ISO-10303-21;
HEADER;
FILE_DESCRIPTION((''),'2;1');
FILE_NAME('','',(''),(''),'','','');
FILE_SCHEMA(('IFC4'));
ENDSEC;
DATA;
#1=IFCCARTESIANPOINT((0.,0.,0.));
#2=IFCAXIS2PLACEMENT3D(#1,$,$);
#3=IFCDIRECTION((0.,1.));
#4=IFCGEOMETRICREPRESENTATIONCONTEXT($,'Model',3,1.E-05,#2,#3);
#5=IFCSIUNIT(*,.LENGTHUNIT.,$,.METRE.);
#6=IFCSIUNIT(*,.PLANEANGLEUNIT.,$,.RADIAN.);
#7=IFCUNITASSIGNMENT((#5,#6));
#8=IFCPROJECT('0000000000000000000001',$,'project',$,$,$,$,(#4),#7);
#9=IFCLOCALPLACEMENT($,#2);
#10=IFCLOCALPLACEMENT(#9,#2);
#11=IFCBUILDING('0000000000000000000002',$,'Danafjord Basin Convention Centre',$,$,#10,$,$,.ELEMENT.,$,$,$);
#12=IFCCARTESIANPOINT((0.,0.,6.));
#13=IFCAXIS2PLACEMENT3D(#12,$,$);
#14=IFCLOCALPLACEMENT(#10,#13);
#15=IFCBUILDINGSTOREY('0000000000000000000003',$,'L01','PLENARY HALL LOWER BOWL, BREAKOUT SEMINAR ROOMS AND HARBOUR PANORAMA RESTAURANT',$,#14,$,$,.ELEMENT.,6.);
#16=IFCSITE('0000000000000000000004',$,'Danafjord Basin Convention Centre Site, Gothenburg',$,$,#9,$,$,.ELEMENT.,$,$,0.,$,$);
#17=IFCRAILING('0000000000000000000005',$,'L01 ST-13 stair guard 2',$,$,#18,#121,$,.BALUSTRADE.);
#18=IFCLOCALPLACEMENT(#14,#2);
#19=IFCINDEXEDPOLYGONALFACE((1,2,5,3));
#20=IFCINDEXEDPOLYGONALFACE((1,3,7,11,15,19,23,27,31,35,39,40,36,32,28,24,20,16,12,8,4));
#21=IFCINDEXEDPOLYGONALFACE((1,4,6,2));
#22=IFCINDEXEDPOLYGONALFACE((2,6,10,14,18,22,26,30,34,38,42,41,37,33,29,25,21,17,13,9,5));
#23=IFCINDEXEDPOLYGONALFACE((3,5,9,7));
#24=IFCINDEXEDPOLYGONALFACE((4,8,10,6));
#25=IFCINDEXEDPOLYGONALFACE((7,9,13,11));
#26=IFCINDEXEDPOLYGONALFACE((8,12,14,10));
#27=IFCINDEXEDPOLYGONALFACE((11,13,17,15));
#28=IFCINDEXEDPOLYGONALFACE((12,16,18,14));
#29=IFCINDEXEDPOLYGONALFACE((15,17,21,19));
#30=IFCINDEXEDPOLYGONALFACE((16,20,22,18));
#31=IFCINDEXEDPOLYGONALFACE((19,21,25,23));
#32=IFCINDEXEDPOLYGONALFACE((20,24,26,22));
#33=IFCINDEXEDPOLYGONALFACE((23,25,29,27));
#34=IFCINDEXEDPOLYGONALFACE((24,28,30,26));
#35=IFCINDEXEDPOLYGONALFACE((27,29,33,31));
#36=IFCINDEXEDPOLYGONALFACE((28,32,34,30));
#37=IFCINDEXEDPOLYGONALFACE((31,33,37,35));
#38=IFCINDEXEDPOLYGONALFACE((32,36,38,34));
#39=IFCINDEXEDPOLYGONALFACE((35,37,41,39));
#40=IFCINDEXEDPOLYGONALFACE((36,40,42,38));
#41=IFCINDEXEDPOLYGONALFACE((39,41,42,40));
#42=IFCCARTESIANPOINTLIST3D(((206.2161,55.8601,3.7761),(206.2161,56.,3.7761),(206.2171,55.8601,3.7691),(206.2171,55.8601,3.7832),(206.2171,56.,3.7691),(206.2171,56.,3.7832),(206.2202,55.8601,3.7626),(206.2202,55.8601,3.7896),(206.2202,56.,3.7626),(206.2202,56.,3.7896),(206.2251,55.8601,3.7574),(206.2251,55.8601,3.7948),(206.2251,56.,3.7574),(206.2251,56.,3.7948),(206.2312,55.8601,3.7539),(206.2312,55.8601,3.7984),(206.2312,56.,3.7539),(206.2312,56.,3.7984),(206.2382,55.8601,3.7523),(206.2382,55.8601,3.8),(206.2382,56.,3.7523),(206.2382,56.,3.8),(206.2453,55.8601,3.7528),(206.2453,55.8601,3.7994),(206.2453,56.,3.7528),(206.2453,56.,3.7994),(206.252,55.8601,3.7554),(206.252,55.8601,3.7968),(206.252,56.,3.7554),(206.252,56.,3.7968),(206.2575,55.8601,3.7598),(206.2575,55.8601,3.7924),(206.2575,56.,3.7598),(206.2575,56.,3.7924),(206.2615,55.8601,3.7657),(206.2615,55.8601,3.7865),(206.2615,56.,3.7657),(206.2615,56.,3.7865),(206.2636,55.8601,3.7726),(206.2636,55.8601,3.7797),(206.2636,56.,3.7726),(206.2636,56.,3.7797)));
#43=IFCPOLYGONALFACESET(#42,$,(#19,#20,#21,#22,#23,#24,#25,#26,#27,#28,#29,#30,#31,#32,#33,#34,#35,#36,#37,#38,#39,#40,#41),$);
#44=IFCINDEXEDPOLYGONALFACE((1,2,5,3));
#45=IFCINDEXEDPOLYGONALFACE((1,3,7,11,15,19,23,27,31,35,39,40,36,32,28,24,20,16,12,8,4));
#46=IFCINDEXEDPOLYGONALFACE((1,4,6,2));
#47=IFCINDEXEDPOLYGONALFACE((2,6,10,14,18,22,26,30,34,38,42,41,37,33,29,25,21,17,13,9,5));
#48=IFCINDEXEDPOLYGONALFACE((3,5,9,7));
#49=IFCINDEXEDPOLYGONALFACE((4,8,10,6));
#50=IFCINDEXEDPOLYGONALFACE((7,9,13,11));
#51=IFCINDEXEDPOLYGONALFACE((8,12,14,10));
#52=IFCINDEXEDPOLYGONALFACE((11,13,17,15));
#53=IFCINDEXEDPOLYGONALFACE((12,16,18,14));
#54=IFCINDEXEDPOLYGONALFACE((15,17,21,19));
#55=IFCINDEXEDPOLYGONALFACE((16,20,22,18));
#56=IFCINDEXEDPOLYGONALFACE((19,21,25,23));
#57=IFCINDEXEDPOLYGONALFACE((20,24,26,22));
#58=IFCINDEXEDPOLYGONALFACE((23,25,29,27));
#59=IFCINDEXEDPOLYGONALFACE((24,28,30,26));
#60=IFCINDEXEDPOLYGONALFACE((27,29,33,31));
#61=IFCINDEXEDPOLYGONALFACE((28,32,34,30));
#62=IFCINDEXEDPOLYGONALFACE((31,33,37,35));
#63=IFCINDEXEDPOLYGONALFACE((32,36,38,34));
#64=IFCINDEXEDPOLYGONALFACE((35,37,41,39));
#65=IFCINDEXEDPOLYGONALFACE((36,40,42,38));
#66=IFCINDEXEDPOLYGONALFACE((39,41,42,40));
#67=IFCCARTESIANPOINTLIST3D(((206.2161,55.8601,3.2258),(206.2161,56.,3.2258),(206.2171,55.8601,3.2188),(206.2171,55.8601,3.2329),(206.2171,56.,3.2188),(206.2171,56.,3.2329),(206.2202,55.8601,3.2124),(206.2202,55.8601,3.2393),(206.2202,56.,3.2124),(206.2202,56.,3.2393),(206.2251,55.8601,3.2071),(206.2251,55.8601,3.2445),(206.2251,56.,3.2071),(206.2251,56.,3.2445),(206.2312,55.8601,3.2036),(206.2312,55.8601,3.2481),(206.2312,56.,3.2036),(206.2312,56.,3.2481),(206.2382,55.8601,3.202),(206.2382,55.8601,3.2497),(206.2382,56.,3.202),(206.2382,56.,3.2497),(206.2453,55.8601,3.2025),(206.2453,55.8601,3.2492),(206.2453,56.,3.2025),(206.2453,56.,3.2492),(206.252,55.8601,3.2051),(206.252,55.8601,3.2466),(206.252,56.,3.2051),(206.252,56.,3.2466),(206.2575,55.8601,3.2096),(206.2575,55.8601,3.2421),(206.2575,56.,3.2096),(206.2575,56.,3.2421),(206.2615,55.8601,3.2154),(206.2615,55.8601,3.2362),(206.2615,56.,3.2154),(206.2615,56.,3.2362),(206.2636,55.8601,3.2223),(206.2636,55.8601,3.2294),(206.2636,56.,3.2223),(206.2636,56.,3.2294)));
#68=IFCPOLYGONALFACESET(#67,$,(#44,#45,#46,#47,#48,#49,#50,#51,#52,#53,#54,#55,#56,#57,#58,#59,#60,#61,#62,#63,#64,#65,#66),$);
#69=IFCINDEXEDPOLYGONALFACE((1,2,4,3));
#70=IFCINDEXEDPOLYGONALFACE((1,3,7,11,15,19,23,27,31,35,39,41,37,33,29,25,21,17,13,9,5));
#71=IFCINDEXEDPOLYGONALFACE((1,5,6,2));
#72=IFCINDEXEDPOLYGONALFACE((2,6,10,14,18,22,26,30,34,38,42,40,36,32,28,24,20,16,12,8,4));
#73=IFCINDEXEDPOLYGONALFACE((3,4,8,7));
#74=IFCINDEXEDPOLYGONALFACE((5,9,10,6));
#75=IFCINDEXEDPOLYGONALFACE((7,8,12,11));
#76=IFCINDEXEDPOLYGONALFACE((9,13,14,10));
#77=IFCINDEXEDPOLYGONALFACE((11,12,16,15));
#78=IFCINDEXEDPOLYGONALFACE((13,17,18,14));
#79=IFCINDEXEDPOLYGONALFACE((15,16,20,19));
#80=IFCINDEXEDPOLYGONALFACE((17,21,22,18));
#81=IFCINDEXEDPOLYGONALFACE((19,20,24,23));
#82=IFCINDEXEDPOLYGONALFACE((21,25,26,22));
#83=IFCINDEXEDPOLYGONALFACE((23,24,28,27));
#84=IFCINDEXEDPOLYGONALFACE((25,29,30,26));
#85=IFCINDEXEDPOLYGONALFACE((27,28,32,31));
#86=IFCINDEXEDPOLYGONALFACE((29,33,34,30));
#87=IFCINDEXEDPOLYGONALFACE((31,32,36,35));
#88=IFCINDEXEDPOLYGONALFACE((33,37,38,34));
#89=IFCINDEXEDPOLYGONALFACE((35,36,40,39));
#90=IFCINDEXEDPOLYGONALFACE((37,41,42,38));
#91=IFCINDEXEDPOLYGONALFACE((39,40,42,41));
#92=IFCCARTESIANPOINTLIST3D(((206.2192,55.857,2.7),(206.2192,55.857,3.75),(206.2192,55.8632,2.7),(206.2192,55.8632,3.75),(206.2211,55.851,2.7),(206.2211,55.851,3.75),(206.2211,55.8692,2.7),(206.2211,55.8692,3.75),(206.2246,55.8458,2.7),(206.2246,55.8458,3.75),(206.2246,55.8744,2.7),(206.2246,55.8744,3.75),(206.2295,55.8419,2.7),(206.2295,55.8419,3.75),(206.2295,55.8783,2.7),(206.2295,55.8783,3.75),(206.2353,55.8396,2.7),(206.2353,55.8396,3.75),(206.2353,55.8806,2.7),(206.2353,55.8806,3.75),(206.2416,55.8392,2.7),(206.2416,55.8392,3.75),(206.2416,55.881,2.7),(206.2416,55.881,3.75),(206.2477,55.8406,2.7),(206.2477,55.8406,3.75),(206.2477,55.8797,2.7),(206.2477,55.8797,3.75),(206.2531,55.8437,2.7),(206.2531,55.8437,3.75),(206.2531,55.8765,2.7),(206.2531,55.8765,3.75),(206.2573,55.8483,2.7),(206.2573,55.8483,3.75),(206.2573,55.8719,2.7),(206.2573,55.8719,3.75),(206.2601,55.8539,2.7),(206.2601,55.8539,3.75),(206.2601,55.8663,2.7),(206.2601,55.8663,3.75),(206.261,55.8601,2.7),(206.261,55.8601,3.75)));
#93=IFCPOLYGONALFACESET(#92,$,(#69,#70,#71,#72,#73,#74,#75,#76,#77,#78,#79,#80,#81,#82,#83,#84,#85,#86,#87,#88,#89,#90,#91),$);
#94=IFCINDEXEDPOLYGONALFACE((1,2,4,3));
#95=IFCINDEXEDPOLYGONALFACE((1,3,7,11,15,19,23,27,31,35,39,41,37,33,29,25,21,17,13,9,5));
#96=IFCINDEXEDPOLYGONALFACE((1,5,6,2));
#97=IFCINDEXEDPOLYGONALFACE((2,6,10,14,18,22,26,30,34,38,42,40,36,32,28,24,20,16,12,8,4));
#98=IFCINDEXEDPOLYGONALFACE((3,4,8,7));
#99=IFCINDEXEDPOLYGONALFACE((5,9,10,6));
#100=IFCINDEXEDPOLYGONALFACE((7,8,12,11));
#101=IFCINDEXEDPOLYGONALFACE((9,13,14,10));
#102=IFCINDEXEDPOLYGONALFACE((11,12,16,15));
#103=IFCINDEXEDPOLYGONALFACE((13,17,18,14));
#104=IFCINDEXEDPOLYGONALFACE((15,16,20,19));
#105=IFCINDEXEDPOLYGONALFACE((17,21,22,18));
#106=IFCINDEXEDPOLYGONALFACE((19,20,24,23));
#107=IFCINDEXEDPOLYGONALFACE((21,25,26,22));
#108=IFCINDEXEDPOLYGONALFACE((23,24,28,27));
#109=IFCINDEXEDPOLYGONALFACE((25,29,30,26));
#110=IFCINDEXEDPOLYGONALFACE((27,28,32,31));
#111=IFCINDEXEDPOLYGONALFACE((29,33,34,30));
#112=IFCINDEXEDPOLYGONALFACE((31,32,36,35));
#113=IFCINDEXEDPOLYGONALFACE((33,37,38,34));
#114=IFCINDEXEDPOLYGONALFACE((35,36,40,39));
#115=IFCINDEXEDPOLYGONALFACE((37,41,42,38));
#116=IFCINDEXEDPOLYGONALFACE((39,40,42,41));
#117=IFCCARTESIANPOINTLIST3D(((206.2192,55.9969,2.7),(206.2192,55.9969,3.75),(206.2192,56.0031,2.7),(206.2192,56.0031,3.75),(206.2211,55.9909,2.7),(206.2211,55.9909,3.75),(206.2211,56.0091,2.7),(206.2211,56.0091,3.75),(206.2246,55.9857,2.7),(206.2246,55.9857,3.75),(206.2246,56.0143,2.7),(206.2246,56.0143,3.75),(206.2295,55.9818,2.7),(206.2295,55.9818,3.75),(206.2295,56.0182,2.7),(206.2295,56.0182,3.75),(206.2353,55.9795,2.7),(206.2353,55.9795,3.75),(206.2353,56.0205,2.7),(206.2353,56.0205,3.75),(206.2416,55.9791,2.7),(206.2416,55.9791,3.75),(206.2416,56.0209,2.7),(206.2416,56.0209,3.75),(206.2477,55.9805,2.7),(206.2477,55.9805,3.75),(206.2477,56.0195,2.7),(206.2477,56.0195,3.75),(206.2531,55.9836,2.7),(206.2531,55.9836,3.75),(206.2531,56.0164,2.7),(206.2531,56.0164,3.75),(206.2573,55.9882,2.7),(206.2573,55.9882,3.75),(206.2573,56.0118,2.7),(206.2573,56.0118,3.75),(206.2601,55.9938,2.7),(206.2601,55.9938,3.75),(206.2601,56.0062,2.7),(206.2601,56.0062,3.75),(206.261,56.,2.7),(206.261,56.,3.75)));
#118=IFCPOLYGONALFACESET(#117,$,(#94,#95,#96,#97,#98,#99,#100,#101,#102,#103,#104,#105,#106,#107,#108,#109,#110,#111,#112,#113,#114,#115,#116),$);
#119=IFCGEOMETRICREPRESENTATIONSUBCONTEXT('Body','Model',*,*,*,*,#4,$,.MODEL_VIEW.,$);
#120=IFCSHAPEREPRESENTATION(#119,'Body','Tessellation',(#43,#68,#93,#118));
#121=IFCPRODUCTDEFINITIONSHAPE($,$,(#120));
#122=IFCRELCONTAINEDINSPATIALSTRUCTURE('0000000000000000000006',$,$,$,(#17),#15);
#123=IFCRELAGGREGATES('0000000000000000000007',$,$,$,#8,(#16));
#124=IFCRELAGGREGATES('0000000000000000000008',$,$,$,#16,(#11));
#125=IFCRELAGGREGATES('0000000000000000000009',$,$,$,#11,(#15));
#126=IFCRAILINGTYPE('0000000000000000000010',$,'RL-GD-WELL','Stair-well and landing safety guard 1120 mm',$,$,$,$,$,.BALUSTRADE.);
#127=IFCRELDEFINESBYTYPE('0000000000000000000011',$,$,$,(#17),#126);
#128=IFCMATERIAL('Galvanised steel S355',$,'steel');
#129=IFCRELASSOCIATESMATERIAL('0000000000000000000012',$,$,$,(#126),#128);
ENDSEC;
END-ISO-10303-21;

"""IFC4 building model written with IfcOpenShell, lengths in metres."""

from ifc_helpers import new_model, si_unit, direction, frame, origin, origin_2d, place, context, subcontext, project, spatial, circle, extrude, material, type_object, element, save


model = new_model("IFC4")

# Units and contexts
model_context = context("Model", 3, precision=1e-05, world=origin(), true_north=direction((0.0, 1.0)))
body_context = subcontext(model_context, "Body", "Model", "MODEL_VIEW")
ifc_project = project(units=[si_unit("LENGTHUNIT", "METRE"), si_unit("PLANEANGLEUNIT", "RADIAN")], contexts=[model_context])

# Site, building, storey
site_placement = place(None, origin())
site = spatial("IfcSite", under=ifc_project, at=site_placement, Name="Danafjord Basin Convention Centre Site, Gothenburg", CompositionType="ELEMENT", RefElevation=0.0)
building_placement = place(site_placement, origin())
building = spatial("IfcBuilding", under=site, at=building_placement, Name="Danafjord Basin Convention Centre", CompositionType="ELEMENT")
storey_placement = place(building_placement, frame((0.0, 0.0, 6.0)))
storey = spatial("IfcBuildingStorey", under=building, at=storey_placement, Name="L01", Description="PLENARY HALL LOWER BOWL, BREAKOUT SEMINAR ROOMS AND HARBOUR PANORAMA RESTAURANT", CompositionType="ELEMENT", Elevation=6.0)

# Railing
ifc_material_1 = material(Name="Galvanised steel S355", Category="steel")
railing_type_1 = type_object("IfcRailingType", Name="RL-GD-WELL", Description="Stair-well and landing safety guard 1120 mm", PredefinedType="BALUSTRADE", material=ifc_material_1)
railing_1_placement = place(storey_placement, frame((206.24, 55.8601, 2.7)))
element("IfcRailing", 1, at=railing_1_placement, inside=storey, type_object=railing_type_1, Name="L01 ST-13 stair guard 2", PredefinedType="BALUSTRADE", context=body_context, shape_type="SweptSolid", body=[
    extrude(circle(Radius=0.0239, at=origin_2d()), frame((0.0, 0.0, 1.0762), z_axis=(0.0, 1.0, 0.0), x_axis=(-1.0, 0.0, 0.0)), (0.0, 0.0, 1.0), 0.1399),
    extrude(circle(Radius=0.0239, at=origin_2d()), frame((0.0, 0.0, 0.5259), z_axis=(0.0, 1.0, 0.0), x_axis=(-1.0, 0.0, 0.0)), (0.0, 0.0, 1.0), 0.1399),
    extrude(circle(Radius=0.021, at=origin_2d()), origin(), (0.0, 0.0, 1.0), 1.05),
    extrude(circle(Radius=0.021, at=origin_2d()), frame((0.0, 0.1399, 0.0)), (0.0, 0.0, 1.0), 1.05),
])

save(model, "model.ifc")
